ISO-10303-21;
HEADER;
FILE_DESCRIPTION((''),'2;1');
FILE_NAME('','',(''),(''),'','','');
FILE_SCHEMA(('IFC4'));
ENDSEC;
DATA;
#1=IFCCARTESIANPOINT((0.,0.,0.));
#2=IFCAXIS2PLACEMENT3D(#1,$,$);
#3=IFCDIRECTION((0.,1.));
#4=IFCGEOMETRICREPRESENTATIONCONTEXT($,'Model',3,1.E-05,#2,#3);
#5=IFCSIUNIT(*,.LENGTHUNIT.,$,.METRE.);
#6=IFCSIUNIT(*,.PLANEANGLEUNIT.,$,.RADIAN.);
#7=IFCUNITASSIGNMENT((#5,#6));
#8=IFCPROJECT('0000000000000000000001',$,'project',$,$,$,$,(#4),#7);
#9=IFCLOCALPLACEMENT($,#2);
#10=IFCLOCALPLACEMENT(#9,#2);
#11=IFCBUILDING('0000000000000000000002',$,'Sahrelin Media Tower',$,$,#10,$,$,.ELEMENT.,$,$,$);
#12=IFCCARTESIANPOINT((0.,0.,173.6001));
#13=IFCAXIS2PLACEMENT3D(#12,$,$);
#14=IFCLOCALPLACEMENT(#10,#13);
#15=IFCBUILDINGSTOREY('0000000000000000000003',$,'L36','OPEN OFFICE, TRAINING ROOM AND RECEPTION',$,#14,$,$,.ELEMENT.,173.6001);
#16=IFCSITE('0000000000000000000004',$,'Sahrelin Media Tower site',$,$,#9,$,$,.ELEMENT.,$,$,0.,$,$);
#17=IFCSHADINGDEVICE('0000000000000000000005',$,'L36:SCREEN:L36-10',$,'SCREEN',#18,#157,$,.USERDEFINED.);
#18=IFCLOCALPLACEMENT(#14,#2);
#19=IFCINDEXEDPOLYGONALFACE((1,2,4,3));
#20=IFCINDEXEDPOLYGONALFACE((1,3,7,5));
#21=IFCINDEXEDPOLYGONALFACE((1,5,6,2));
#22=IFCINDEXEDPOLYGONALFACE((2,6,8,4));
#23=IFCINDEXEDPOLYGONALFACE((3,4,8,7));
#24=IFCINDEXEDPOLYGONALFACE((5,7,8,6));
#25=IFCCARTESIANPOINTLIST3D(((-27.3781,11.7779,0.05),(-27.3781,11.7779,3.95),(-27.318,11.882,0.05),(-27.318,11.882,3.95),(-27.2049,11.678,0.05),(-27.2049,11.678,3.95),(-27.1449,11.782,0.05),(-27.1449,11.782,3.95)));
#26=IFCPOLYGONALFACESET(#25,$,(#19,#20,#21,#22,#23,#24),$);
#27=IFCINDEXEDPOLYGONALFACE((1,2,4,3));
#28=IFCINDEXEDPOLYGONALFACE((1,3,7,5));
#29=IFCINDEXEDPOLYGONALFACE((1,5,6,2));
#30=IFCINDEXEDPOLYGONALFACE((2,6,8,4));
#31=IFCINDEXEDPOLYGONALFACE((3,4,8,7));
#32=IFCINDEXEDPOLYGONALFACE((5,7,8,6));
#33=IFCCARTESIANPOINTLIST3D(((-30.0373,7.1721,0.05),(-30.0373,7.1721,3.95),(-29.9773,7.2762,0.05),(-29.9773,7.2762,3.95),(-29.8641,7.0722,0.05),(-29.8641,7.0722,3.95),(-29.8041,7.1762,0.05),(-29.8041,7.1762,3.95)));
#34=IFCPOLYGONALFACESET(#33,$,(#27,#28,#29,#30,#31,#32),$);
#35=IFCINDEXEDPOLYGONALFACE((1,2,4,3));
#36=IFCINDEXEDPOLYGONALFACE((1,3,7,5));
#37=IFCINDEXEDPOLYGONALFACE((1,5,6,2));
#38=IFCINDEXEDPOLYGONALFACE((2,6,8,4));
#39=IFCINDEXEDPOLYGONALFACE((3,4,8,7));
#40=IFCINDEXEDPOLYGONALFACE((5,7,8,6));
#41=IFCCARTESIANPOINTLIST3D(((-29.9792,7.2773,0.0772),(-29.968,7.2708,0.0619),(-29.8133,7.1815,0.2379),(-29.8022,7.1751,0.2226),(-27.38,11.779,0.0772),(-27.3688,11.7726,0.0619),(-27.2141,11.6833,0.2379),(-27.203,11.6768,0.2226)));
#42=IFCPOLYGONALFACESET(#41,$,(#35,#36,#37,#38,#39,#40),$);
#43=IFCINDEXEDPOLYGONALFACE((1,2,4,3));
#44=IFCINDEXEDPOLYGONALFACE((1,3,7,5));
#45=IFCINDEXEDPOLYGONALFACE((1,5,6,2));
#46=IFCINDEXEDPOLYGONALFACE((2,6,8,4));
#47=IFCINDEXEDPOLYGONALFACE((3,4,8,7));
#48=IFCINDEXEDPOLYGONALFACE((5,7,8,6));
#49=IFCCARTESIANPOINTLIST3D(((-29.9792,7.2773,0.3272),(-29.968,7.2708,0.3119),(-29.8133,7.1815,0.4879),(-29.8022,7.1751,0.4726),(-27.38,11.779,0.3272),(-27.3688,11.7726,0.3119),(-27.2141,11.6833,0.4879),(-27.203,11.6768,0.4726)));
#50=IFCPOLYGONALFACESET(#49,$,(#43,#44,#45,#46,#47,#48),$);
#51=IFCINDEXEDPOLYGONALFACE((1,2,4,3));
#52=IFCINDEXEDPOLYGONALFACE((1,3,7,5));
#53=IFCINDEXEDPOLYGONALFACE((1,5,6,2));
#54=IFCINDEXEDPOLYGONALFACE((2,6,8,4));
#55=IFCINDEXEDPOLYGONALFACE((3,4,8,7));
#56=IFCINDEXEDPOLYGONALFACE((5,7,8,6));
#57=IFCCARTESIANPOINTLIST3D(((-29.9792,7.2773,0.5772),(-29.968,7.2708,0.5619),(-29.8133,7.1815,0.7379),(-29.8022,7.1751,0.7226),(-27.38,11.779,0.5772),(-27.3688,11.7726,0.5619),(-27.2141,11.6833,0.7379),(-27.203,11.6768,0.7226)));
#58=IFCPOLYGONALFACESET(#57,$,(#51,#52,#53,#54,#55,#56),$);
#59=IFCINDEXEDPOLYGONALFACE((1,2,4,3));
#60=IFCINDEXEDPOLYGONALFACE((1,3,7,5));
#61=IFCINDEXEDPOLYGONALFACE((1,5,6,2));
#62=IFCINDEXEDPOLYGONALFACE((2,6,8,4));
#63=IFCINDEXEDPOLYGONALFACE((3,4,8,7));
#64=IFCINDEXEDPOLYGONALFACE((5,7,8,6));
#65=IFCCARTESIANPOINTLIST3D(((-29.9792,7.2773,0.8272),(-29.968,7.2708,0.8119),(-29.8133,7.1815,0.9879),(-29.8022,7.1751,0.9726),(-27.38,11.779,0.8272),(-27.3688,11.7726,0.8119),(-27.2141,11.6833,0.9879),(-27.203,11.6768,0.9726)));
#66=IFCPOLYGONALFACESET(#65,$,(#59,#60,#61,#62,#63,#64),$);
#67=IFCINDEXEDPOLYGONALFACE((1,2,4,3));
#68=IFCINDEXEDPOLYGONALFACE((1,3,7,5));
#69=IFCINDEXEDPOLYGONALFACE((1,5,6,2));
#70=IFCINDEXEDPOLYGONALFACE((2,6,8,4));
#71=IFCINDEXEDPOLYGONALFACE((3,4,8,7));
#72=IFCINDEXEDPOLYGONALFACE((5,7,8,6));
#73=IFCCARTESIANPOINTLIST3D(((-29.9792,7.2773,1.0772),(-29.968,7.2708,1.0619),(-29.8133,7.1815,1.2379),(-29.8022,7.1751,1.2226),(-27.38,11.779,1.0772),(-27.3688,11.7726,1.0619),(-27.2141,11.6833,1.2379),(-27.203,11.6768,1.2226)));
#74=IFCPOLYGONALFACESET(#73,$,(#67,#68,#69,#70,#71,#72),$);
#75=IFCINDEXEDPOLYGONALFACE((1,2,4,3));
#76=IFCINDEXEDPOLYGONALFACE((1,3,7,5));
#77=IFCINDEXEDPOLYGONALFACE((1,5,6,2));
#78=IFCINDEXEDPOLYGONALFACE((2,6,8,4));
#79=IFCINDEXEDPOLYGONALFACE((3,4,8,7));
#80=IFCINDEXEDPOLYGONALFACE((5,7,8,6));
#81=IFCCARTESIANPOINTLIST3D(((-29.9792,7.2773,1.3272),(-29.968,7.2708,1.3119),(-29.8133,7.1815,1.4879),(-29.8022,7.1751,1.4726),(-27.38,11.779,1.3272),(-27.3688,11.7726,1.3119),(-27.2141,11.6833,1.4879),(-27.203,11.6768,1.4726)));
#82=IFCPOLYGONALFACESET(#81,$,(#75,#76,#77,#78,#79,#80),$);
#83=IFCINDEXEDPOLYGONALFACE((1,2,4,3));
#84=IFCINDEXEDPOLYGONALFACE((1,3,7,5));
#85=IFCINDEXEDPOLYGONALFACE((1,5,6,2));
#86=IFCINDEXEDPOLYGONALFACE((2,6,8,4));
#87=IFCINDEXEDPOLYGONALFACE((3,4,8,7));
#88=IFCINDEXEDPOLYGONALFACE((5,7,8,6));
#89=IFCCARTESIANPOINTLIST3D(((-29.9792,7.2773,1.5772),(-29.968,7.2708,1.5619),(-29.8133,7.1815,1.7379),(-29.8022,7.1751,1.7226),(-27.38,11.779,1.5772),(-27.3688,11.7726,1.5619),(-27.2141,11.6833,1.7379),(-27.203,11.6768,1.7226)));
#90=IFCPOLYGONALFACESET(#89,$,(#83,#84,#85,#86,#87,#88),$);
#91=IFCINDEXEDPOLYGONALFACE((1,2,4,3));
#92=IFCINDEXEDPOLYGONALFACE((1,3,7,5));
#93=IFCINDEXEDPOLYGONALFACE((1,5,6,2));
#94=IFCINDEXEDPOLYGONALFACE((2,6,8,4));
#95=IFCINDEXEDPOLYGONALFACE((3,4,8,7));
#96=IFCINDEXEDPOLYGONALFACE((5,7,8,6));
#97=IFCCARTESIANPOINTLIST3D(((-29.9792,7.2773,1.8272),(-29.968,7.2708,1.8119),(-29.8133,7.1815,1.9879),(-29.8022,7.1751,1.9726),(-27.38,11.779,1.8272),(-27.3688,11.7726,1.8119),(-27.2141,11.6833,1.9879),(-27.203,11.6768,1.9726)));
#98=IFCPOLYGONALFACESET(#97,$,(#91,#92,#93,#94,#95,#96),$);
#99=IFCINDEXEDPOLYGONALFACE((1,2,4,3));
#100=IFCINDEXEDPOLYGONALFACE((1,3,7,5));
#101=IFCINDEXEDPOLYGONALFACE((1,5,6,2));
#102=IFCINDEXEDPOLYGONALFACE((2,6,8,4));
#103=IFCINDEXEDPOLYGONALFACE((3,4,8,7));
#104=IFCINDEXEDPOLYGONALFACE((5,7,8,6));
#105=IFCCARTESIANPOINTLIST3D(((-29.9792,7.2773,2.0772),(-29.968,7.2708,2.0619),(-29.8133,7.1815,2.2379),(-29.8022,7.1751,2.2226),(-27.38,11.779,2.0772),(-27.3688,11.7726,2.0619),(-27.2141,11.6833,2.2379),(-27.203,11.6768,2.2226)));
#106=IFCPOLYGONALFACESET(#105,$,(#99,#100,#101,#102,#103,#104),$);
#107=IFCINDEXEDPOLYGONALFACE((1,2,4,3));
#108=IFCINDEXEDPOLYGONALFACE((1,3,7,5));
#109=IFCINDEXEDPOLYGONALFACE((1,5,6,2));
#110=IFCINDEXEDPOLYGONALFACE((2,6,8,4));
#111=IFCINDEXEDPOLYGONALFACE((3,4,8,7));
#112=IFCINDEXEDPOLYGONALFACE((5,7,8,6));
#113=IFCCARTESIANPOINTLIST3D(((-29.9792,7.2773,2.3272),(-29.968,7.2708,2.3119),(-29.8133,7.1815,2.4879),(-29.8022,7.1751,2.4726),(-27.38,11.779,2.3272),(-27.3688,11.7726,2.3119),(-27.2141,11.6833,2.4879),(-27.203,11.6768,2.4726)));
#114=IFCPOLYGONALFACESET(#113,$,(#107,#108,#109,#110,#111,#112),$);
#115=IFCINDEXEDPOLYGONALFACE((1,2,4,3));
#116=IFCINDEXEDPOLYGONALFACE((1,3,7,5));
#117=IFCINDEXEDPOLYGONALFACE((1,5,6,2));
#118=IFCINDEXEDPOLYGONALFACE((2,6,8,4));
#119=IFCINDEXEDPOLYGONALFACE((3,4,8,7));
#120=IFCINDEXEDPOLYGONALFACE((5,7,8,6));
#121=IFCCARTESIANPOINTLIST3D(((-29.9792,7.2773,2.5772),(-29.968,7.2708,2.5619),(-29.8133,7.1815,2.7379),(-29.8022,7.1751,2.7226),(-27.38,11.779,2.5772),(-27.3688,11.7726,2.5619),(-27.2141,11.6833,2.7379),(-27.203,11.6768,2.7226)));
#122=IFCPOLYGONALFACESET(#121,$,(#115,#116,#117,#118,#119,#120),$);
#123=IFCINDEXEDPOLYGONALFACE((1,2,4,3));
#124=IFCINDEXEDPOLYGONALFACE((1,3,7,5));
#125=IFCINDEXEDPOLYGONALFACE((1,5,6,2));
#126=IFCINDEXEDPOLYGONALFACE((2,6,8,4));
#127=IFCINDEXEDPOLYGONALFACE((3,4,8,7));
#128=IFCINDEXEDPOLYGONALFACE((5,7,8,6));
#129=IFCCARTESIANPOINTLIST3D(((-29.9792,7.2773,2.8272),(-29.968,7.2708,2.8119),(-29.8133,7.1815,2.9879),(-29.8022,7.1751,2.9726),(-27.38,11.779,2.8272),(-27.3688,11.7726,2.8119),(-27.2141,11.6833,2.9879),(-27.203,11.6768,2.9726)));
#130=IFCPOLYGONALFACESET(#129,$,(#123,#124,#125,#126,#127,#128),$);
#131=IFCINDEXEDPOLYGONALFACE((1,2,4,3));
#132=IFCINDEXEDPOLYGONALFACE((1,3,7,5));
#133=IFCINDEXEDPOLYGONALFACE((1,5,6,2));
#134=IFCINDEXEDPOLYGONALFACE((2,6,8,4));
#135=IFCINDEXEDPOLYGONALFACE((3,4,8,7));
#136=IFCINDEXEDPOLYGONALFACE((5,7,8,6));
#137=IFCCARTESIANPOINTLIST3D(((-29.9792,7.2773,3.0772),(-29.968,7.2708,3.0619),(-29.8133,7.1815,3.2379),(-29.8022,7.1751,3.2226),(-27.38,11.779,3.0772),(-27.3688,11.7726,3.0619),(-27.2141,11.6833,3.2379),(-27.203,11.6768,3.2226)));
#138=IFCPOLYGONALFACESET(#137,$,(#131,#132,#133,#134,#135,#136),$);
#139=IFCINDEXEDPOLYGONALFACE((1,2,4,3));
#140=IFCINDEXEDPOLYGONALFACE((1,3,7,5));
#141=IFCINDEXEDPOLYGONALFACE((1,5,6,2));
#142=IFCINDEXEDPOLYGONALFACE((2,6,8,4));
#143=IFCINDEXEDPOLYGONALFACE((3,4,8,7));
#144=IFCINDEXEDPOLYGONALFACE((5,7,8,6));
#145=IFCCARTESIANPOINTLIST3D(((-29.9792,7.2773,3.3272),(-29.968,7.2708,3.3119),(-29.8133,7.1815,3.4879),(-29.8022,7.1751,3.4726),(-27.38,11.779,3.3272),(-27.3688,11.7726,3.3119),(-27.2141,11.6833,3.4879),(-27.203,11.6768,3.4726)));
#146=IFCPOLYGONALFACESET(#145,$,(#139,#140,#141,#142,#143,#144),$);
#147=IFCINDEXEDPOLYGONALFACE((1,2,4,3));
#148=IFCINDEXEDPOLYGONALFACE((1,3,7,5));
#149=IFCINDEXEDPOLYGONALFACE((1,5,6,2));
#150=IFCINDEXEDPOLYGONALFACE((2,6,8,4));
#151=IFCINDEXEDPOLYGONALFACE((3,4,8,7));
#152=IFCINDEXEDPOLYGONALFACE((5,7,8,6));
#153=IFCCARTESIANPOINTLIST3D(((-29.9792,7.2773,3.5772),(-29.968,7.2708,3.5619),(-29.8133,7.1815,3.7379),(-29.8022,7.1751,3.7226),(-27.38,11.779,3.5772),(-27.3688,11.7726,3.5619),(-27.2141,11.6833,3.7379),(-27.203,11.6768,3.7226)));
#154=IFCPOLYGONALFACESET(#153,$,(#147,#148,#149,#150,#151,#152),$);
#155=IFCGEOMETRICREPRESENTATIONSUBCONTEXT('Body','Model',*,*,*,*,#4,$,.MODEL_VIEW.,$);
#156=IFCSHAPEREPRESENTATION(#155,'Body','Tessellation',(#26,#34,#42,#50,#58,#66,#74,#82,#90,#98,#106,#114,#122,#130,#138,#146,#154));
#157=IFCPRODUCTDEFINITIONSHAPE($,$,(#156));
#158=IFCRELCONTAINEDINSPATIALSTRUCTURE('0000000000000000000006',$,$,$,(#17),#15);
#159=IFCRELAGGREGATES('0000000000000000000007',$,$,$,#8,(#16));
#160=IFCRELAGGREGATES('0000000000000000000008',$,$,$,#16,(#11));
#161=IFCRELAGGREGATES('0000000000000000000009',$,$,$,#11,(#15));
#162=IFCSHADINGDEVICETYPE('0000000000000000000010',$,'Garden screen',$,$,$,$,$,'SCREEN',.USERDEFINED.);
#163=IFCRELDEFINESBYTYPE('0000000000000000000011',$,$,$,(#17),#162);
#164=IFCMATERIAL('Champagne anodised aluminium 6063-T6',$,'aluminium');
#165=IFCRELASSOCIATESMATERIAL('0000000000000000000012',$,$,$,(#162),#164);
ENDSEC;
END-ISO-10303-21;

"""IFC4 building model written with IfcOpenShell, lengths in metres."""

from ifc_helpers import new_model, si_unit, direction, frame, origin, origin_2d, place, context, subcontext, project, spatial, rectangle, extrude, material, type_object, element, save


model = new_model("IFC4")

# Units and contexts
model_context = context("Model", 3, precision=1e-05, world=origin(), true_north=direction((0.0, 1.0)))
body_context = subcontext(model_context, "Body", "Model", "MODEL_VIEW")
ifc_project = project(units=[si_unit("LENGTHUNIT", "METRE"), si_unit("PLANEANGLEUNIT", "RADIAN")], contexts=[model_context])

# Site, building, storey
site_placement = place(None, origin())
site = spatial("IfcSite", under=ifc_project, at=site_placement, Name="Sahrelin Media Tower site", CompositionType="ELEMENT", RefElevation=0.0)
building_placement = place(site_placement, origin())
building = spatial("IfcBuilding", under=site, at=building_placement, Name="Sahrelin Media Tower", CompositionType="ELEMENT")
storey_placement = place(building_placement, frame((0.0, 0.0, 173.6001)))
storey = spatial("IfcBuildingStorey", under=building, at=storey_placement, Name="L36", Description="OPEN OFFICE, TRAINING ROOM AND RECEPTION", CompositionType="ELEMENT", Elevation=173.6001)

# Shading device
ifc_material_1 = material(Name="Champagne anodised aluminium 6063-T6", Category="aluminium")
shading_device_type = type_object("IfcShadingDeviceType", Name="Garden screen", ElementType="SCREEN", PredefinedType="USERDEFINED", material=ifc_material_1)
shading_device_1_placement = place(storey_placement, frame((-28.5044, 9.427, 0.0), z_axis=(0.0, 0.0, 1.0), x_axis=(0.500011, 0.866019, 0.0)))
element("IfcShadingDevice", 1, at=shading_device_1_placement, inside=storey, type_object=shading_device_type, Name="L36:SCREEN:L36-10", ObjectType="SCREEN", PredefinedType="USERDEFINED", context=body_context, shape_type="SweptSolid", body=[
    extrude(rectangle(XDim=0.1201, YDim=0.2, at=origin_2d()), frame((2.6592, 0.1001, 0.05), z_axis=(0.0, 0.0, 1.0), x_axis=(1.0, 0.0, 0.0)), (0.0, 0.0, 1.0), 3.8999),
    extrude(rectangle(XDim=0.1201, YDim=0.2, at=origin_2d()), frame((-2.6592, 0.1001, 0.05), z_axis=(0.0, 0.0, 1.0), x_axis=(1.0, 0.0, 0.0)), (0.0, 0.0, 1.0), 3.8999),
    extrude(rectangle(XDim=0.25, YDim=0.02, at=origin_2d()), frame((2.5991, 0.1001, 0.1499), z_axis=(-1.0, 0.0, 0.0), x_axis=(0.0, -0.766044, 0.642788)), (0.0, 0.0, 1.0), 5.1982),
    extrude(rectangle(XDim=0.25, YDim=0.02, at=origin_2d()), frame((2.5991, 0.1001, 0.3999), z_axis=(-1.0, 0.0, 0.0), x_axis=(0.0, -0.766044, 0.642788)), (0.0, 0.0, 1.0), 5.1982),
    extrude(rectangle(XDim=0.25, YDim=0.02, at=origin_2d()), frame((2.5991, 0.1001, 0.6499), z_axis=(-1.0, 0.0, 0.0), x_axis=(0.0, -0.766044, 0.642788)), (0.0, 0.0, 1.0), 5.1982),
    extrude(rectangle(XDim=0.25, YDim=0.02, at=origin_2d()), frame((2.5991, 0.1001, 0.8999), z_axis=(-1.0, 0.0, 0.0), x_axis=(0.0, -0.766044, 0.642788)), (0.0, 0.0, 1.0), 5.1982),
    extrude(rectangle(XDim=0.25, YDim=0.02, at=origin_2d()), frame((2.5991, 0.1001, 1.1499), z_axis=(-1.0, 0.0, 0.0), x_axis=(0.0, -0.766044, 0.642788)), (0.0, 0.0, 1.0), 5.1982),
    extrude(rectangle(XDim=0.25, YDim=0.02, at=origin_2d()), frame((2.5991, 0.1001, 1.3999), z_axis=(-1.0, 0.0, 0.0), x_axis=(0.0, -0.766044, 0.642788)), (0.0, 0.0, 1.0), 5.1982),
    extrude(rectangle(XDim=0.25, YDim=0.02, at=origin_2d()), frame((2.5991, 0.1001, 1.6499), z_axis=(-1.0, 0.0, 0.0), x_axis=(0.0, -0.766044, 0.642788)), (0.0, 0.0, 1.0), 5.1982),
    extrude(rectangle(XDim=0.25, YDim=0.02, at=origin_2d()), frame((2.5991, 0.1001, 1.8999), z_axis=(-1.0, 0.0, 0.0), x_axis=(0.0, -0.766044, 0.642788)), (0.0, 0.0, 1.0), 5.1982),
    extrude(rectangle(XDim=0.25, YDim=0.02, at=origin_2d()), frame((2.5991, 0.1001, 2.1499), z_axis=(-1.0, 0.0, 0.0), x_axis=(0.0, -0.766044, 0.642788)), (0.0, 0.0, 1.0), 5.1982),
    extrude(rectangle(XDim=0.25, YDim=0.02, at=origin_2d()), frame((2.5991, 0.1001, 2.3999), z_axis=(-1.0, 0.0, 0.0), x_axis=(0.0, -0.766044, 0.642788)), (0.0, 0.0, 1.0), 5.1982),
    extrude(rectangle(XDim=0.25, YDim=0.02, at=origin_2d()), frame((2.5991, 0.1001, 2.6499), z_axis=(-1.0, 0.0, 0.0), x_axis=(0.0, -0.766044, 0.642788)), (0.0, 0.0, 1.0), 5.1982),
    extrude(rectangle(XDim=0.25, YDim=0.02, at=origin_2d()), frame((2.5991, 0.1001, 2.8999), z_axis=(-1.0, 0.0, 0.0), x_axis=(0.0, -0.766044, 0.642788)), (0.0, 0.0, 1.0), 5.1982),
    extrude(rectangle(XDim=0.25, YDim=0.02, at=origin_2d()), frame((2.5991, 0.1001, 3.1499), z_axis=(-1.0, 0.0, 0.0), x_axis=(0.0, -0.766044, 0.642788)), (0.0, 0.0, 1.0), 5.1982),
    extrude(rectangle(XDim=0.25, YDim=0.02, at=origin_2d()), frame((2.5991, 0.1001, 3.3999), z_axis=(-1.0, 0.0, 0.0), x_axis=(0.0, -0.766044, 0.642788)), (0.0, 0.0, 1.0), 5.1982),
    extrude(rectangle(XDim=0.25, YDim=0.02, at=origin_2d()), frame((2.5991, 0.1001, 3.6499), z_axis=(-1.0, 0.0, 0.0), x_axis=(0.0, -0.766044, 0.642788)), (0.0, 0.0, 1.0), 5.1982),
])

save(model, "model.ifc")
